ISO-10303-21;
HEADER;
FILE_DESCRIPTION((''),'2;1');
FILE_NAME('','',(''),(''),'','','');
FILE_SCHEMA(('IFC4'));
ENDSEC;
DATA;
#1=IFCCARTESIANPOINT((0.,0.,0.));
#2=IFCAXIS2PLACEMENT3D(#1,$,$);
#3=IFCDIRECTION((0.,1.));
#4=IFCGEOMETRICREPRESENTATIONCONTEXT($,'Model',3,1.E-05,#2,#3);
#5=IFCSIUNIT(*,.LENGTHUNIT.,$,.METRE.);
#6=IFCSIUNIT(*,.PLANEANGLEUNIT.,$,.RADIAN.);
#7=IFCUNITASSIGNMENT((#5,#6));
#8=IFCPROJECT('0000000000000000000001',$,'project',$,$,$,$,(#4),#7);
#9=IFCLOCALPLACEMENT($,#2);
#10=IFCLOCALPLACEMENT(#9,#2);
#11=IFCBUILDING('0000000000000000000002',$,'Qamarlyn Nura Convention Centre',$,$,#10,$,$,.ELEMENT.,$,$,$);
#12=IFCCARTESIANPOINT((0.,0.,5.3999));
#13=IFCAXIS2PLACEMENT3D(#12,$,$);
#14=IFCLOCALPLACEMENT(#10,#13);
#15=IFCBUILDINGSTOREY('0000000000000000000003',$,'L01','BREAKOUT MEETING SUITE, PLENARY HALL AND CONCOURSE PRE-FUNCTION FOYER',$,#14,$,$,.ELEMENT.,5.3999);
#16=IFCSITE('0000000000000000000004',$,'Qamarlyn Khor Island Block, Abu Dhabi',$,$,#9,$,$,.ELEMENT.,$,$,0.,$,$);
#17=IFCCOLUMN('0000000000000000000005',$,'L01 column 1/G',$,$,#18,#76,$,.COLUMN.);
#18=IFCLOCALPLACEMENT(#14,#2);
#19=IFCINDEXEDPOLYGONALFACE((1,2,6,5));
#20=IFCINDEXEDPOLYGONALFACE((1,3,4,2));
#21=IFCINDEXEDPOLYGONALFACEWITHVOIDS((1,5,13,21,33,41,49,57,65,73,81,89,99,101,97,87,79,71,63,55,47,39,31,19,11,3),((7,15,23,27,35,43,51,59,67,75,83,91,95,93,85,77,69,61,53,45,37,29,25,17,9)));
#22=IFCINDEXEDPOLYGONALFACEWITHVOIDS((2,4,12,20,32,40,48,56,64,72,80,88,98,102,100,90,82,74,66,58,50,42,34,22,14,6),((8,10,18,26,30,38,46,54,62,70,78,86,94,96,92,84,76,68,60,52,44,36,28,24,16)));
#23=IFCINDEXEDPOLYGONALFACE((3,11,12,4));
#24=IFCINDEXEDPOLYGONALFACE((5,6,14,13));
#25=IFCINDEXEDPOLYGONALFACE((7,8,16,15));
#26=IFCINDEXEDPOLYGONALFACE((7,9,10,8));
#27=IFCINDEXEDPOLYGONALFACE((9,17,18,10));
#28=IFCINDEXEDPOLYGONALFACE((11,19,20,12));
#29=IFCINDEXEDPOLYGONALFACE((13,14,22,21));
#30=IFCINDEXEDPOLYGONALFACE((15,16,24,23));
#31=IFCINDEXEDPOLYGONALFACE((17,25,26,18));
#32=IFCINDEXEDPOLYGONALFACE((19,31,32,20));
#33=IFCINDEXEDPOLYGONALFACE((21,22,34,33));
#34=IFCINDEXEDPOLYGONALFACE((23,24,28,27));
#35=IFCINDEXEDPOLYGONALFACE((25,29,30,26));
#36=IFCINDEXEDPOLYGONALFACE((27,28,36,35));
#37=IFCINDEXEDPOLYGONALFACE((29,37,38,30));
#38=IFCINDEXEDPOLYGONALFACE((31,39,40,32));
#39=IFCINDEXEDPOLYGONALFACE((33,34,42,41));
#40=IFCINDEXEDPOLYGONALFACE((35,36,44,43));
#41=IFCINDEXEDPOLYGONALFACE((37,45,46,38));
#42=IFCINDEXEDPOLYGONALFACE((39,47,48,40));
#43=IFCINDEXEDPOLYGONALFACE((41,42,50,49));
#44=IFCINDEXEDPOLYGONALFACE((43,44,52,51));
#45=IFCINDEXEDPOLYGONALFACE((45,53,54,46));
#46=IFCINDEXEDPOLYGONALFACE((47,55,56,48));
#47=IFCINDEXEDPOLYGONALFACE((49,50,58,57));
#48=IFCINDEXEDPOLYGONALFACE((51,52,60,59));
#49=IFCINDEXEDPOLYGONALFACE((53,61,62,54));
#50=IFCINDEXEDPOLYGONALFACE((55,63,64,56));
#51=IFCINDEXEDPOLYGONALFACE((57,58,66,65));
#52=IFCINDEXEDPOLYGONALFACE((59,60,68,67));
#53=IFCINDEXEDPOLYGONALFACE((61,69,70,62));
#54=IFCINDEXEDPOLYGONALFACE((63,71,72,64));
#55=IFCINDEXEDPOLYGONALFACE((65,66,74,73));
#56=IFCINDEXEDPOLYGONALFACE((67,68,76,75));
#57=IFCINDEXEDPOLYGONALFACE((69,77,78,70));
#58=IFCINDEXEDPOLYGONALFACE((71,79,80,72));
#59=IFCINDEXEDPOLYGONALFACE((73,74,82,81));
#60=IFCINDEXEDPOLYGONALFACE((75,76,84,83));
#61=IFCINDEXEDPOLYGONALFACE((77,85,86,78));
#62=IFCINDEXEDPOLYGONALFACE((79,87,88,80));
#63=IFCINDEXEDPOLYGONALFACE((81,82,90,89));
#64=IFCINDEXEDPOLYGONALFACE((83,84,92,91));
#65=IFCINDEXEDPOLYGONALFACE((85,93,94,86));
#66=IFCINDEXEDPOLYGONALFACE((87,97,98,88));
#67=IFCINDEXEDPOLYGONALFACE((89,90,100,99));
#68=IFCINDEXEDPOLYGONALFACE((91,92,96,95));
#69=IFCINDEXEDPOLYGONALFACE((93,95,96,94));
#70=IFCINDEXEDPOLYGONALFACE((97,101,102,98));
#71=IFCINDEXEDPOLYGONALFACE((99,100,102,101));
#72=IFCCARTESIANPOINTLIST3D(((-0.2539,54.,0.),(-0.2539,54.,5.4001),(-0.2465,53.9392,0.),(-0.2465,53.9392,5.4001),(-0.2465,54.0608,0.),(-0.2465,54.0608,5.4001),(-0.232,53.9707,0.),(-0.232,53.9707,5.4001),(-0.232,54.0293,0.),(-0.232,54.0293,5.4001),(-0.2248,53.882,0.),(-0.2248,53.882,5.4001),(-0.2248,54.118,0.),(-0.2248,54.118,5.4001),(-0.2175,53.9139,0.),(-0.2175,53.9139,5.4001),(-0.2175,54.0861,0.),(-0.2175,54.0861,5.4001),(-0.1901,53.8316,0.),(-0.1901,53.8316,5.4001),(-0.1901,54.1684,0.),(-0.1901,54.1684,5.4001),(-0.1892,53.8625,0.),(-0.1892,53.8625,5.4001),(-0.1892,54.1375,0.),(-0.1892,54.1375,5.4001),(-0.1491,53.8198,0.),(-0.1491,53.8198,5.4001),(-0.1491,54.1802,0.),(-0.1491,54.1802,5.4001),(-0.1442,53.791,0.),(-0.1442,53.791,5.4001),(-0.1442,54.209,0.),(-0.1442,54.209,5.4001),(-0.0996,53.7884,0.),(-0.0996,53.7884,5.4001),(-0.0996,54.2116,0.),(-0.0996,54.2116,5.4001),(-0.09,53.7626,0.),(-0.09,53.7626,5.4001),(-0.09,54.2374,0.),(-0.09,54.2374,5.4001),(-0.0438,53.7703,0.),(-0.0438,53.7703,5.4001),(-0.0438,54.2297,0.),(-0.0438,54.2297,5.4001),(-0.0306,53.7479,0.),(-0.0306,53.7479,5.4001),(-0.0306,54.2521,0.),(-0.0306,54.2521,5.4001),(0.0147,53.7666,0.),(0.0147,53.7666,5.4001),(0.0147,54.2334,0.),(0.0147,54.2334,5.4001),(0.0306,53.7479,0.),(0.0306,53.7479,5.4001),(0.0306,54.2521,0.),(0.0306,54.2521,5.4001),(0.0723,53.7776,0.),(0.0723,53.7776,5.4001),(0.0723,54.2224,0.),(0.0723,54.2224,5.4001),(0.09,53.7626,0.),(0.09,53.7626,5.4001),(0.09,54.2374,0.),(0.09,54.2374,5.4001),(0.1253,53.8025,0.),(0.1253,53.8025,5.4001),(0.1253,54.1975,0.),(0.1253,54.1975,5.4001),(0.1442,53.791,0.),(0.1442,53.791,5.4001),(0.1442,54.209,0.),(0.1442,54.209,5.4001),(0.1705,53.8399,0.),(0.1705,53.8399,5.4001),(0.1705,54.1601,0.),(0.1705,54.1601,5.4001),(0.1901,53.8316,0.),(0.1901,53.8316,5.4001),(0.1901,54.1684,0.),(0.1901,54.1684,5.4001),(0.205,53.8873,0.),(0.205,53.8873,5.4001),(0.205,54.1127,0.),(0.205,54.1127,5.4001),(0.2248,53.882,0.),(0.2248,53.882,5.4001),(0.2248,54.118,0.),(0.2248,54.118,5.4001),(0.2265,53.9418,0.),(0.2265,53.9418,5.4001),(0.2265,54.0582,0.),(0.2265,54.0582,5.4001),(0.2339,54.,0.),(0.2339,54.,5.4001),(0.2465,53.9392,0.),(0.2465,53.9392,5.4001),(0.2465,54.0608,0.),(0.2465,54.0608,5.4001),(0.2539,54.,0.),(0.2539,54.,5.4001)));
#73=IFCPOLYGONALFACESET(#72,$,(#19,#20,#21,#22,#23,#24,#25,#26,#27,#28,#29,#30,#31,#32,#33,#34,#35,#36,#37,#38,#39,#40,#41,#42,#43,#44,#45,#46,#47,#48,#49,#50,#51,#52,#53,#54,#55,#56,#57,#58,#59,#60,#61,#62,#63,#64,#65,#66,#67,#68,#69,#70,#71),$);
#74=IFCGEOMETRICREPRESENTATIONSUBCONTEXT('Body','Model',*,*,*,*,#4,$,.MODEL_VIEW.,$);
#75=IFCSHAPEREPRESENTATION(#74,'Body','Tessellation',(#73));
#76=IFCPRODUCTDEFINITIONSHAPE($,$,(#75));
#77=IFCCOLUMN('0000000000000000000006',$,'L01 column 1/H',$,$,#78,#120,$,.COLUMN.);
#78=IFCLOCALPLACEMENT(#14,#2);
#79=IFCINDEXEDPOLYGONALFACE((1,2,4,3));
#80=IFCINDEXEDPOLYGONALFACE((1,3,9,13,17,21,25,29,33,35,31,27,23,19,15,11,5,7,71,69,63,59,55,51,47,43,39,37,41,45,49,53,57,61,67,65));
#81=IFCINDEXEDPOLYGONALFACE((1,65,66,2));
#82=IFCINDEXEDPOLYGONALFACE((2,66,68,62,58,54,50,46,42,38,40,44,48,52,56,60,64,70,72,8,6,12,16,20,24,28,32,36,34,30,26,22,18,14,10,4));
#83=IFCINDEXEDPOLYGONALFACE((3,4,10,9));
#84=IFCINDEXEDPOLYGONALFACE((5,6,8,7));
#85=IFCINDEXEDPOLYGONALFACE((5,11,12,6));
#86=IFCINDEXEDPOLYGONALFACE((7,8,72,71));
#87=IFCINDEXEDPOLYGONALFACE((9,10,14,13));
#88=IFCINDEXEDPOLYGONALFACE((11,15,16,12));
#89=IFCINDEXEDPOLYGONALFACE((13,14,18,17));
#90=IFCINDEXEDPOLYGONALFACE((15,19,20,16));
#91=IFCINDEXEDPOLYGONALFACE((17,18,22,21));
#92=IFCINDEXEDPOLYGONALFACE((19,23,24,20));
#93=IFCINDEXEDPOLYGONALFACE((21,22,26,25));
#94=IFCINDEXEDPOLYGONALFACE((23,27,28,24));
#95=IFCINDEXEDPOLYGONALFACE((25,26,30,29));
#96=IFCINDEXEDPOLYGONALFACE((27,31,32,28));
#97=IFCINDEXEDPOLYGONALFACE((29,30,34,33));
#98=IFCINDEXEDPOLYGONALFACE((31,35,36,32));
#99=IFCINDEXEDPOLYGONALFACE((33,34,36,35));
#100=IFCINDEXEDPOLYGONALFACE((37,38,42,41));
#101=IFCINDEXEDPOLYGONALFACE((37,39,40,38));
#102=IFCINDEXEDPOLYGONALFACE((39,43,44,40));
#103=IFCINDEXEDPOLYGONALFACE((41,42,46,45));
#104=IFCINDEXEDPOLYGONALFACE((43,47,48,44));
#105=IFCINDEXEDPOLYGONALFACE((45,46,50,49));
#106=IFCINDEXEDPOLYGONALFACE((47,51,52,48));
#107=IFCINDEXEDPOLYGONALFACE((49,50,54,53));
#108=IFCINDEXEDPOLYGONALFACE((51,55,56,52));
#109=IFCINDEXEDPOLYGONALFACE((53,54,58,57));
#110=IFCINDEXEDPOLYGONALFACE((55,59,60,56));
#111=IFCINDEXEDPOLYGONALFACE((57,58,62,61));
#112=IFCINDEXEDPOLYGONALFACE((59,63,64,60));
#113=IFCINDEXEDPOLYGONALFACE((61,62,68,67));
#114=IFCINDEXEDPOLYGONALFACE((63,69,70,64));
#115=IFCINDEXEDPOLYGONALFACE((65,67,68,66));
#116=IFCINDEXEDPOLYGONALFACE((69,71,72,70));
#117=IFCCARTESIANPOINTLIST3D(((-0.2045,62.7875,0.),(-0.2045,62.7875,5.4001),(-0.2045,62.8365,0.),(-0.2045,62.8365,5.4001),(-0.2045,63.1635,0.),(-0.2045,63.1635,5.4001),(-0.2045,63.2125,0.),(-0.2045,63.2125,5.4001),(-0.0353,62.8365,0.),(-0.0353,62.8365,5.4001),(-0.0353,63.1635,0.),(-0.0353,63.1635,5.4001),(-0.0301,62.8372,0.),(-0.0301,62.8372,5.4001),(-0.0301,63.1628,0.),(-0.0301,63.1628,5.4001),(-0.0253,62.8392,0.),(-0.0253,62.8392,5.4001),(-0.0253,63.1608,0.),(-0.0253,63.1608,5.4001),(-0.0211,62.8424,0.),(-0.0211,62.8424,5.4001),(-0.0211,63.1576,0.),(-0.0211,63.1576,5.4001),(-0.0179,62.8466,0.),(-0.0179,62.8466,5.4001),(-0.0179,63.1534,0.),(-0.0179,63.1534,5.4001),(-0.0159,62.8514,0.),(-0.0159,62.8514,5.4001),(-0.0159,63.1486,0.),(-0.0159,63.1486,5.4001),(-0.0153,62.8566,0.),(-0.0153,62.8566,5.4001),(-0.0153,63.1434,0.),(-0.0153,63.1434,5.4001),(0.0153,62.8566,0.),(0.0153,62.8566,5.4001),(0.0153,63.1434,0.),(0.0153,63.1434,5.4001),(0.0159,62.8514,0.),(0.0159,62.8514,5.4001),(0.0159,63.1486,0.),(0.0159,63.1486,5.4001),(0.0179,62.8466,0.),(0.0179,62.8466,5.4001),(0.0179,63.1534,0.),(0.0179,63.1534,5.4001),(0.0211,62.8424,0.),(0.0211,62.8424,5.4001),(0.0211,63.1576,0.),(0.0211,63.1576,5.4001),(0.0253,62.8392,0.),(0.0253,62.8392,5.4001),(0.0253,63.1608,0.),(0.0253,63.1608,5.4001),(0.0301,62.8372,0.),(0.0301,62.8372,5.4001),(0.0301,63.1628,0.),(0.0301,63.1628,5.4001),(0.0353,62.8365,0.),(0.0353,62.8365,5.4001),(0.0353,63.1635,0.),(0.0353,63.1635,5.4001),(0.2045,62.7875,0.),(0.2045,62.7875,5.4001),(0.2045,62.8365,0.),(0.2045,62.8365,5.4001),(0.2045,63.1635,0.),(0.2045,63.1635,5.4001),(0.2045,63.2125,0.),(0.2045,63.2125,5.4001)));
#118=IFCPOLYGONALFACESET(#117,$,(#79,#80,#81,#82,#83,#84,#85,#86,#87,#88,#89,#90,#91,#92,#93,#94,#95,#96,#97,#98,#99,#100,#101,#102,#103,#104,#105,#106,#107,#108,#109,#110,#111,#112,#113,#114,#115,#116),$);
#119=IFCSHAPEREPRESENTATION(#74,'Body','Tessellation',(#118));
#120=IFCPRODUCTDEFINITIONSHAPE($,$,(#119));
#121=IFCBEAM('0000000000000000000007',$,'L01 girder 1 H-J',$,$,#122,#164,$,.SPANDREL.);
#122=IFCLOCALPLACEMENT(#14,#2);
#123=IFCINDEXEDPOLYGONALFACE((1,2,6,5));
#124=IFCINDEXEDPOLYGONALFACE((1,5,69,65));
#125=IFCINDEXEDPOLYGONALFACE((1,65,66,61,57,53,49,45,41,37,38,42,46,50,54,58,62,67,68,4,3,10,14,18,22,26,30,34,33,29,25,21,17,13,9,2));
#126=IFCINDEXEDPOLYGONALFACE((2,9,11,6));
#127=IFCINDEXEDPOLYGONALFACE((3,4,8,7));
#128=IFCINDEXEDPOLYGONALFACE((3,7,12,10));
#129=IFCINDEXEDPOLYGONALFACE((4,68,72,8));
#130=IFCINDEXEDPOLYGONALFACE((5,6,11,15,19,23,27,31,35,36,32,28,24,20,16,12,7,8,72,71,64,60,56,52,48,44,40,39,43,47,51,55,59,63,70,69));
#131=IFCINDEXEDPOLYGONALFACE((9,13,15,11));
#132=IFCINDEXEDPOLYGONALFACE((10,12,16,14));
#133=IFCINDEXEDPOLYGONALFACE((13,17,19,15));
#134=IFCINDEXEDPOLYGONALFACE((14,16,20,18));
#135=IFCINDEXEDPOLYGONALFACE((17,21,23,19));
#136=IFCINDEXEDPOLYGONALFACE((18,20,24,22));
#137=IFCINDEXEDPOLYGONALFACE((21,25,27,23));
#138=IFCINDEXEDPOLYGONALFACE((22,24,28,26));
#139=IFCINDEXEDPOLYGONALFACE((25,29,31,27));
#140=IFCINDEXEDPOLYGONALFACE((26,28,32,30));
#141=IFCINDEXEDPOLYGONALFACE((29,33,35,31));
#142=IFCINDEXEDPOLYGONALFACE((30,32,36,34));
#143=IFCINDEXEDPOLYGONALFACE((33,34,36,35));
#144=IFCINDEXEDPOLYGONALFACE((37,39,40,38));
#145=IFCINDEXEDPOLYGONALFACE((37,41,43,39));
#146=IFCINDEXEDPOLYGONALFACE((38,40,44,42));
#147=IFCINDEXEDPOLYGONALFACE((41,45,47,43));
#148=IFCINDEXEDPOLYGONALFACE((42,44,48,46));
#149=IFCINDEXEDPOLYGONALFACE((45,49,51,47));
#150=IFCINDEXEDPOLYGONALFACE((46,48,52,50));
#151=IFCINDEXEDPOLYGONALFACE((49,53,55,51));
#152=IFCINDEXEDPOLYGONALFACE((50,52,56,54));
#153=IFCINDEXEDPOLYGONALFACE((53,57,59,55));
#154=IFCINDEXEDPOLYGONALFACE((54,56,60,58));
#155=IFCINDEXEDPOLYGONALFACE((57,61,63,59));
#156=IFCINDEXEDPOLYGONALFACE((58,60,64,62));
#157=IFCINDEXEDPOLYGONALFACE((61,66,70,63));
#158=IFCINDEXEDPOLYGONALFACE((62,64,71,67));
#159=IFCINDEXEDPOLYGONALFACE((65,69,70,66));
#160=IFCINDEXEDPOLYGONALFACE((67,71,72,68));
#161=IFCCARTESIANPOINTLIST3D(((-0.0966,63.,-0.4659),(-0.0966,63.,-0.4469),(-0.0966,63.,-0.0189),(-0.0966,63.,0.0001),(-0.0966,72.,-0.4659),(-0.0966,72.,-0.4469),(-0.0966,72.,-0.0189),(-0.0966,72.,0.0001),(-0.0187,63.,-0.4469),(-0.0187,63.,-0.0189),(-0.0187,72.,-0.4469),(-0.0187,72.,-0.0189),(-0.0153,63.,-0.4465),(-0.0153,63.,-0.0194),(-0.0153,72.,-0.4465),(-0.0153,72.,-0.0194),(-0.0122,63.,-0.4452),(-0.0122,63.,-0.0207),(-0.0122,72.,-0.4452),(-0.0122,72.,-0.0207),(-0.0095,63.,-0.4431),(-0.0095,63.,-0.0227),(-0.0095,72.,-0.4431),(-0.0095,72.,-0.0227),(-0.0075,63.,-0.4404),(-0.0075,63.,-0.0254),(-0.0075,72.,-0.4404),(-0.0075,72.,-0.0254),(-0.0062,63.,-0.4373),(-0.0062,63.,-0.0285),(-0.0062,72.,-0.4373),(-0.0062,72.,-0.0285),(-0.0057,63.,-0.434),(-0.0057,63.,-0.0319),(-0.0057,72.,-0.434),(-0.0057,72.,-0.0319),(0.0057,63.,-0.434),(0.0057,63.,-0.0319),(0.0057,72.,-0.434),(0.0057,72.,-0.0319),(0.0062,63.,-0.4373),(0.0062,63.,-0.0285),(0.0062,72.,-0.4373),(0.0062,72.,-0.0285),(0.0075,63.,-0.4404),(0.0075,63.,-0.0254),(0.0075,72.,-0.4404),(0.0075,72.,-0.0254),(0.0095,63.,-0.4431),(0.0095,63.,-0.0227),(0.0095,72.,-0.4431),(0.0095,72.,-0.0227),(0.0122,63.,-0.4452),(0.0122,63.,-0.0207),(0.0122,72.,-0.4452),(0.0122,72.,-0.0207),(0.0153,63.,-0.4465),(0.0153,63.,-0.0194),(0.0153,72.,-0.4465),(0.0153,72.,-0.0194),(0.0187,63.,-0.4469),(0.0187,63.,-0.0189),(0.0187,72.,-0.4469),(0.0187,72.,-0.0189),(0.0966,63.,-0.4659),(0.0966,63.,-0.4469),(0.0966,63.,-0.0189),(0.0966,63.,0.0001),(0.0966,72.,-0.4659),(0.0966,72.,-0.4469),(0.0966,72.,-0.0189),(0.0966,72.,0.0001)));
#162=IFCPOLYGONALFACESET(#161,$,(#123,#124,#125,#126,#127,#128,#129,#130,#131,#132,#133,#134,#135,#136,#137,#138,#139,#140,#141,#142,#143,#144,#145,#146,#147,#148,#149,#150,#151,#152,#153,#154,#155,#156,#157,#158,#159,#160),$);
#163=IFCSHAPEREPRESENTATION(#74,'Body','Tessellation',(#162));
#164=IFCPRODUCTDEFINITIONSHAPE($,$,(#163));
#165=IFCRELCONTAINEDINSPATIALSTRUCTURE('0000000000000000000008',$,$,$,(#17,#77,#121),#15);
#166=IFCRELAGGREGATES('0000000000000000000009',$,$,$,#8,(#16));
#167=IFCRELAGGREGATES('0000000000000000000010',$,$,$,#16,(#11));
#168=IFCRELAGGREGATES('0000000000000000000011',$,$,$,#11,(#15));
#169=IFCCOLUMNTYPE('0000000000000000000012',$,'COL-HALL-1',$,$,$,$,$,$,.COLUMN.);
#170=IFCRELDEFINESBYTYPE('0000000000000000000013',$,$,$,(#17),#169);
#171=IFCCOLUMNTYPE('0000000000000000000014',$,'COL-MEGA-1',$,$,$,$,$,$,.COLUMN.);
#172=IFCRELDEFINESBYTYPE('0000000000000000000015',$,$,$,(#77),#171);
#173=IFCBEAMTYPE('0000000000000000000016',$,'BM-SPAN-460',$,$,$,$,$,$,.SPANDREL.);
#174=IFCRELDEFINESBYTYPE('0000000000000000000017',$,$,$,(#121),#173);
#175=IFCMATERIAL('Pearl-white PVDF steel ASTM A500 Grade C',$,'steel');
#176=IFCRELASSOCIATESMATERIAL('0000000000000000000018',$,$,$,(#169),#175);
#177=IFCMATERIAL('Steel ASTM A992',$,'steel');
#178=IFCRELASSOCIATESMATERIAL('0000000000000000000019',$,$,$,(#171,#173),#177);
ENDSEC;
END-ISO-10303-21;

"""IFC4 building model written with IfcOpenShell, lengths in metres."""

from ifc_helpers import new_model, si_unit, direction, frame, origin, origin_2d, place, context, subcontext, project, spatial, hollow_circle, i_section, extrude, material, material_profile, profile_set, type_object, element, save


model = new_model("IFC4")

# Units and contexts
model_context = context("Model", 3, precision=1e-05, world=origin(), true_north=direction((0.0, 1.0)))
body_context = subcontext(model_context, "Body", "Model", "MODEL_VIEW")
ifc_project = project(units=[si_unit("LENGTHUNIT", "METRE"), si_unit("PLANEANGLEUNIT", "RADIAN")], contexts=[model_context])

# Site, building, storey
site_placement = place(None, origin())
site = spatial("IfcSite", under=ifc_project, at=site_placement, Name="Qamarlyn Khor Island Block, Abu Dhabi", CompositionType="ELEMENT", RefElevation=0.0)
building_placement = place(site_placement, origin())
building = spatial("IfcBuilding", under=site, at=building_placement, Name="Qamarlyn Nura Convention Centre", CompositionType="ELEMENT")
storey_placement = place(building_placement, frame((0.0, 0.0, 5.3999)))
storey = spatial("IfcBuildingStorey", under=building, at=storey_placement, Name="L01", Description="BREAKOUT MEETING SUITE, PLENARY HALL AND CONCOURSE PRE-FUNCTION FOYER", CompositionType="ELEMENT", Elevation=5.3999)

# Columns
ifc_material_1 = material(Name="Pearl-white PVDF steel ASTM A500 Grade C", Category="steel")
ifc_material_profile_1 = material_profile(ifc_material_1, hollow_circle(Radius=0.2539, WallThickness=0.02, at=origin_2d()), Name="CHS508X20")
ifc_profile_set_1 = profile_set([ifc_material_profile_1], Name="Pearl-white PVDF steel ASTM A500 Grade C")
column_type_1 = type_object("IfcColumnType", Name="COL-HALL-1", PredefinedType="COLUMN", material=ifc_profile_set_1)
column_1_placement = place(storey_placement, frame((0.0, 54.0, 0.0), z_axis=(0.0, 0.0, 1.0), x_axis=(1.0, 0.0, 0.0)))
element("IfcColumn", 1, at=column_1_placement, inside=storey, type_object=column_type_1, Name="L01 column 1/G", PredefinedType="COLUMN", context=body_context, shape_type="SweptSolid", body=[
    extrude(hollow_circle(Radius=0.2539, WallThickness=0.02, at=origin_2d()), origin(), (0.0, 0.0, 1.0), 5.4001),
])
ifc_material_2 = material(Name="Steel ASTM A992", Category="steel")
ifc_material_profile_2 = material_profile(ifc_material_2, i_section(OverallWidth=0.4089, OverallDepth=0.425, WebThickness=0.0305, FlangeThickness=0.0491, FilletRadius=0.02, at=origin_2d()), Name="W360X421")
ifc_profile_set_2 = profile_set([ifc_material_profile_2], Name="Steel ASTM A992")
column_type_2 = type_object("IfcColumnType", Name="COL-MEGA-1", PredefinedType="COLUMN", material=ifc_profile_set_2)
column_2_placement = place(storey_placement, frame((0.0, 63.0, 0.0), z_axis=(0.0, 0.0, 1.0), x_axis=(1.0, 0.0, 0.0)))
element("IfcColumn", 2, at=column_2_placement, inside=storey, type_object=column_type_2, Name="L01 column 1/H", PredefinedType="COLUMN", context=body_context, shape_type="SweptSolid", body=[
    extrude(i_section(OverallWidth=0.4089, OverallDepth=0.425, WebThickness=0.0305, FlangeThickness=0.0491, FilletRadius=0.02, at=origin_2d()), origin(), (0.0, 0.0, 1.0), 5.4001),
])

# Beam
ifc_material_profile_3 = material_profile(ifc_material_2, i_section(OverallWidth=0.1931, OverallDepth=0.4661, WebThickness=0.0115, FlangeThickness=0.019, FilletRadius=0.0129, at=origin_2d()), Name="W460X97")
ifc_profile_set_3 = profile_set([ifc_material_profile_3], Name="Steel ASTM A992")
beam_type_1 = type_object("IfcBeamType", Name="BM-SPAN-460", PredefinedType="SPANDREL", material=ifc_profile_set_3)
beam_1_placement = place(storey_placement, frame((0.0, 63.0, -0.2329), z_axis=(0.0, 1.0, 0.0), x_axis=(-1.0, 0.0, 0.0)))
element("IfcBeam", 3, at=beam_1_placement, inside=storey, type_object=beam_type_1, Name="L01 girder 1 H-J", PredefinedType="SPANDREL", context=body_context, shape_type="SweptSolid", body=[
    extrude(i_section(OverallWidth=0.1931, OverallDepth=0.4661, WebThickness=0.0115, FlangeThickness=0.019, FilletRadius=0.0129, at=origin_2d()), origin(), (0.0, 0.0, 1.0), 9.0),
])

save(model, "model.ifc")
